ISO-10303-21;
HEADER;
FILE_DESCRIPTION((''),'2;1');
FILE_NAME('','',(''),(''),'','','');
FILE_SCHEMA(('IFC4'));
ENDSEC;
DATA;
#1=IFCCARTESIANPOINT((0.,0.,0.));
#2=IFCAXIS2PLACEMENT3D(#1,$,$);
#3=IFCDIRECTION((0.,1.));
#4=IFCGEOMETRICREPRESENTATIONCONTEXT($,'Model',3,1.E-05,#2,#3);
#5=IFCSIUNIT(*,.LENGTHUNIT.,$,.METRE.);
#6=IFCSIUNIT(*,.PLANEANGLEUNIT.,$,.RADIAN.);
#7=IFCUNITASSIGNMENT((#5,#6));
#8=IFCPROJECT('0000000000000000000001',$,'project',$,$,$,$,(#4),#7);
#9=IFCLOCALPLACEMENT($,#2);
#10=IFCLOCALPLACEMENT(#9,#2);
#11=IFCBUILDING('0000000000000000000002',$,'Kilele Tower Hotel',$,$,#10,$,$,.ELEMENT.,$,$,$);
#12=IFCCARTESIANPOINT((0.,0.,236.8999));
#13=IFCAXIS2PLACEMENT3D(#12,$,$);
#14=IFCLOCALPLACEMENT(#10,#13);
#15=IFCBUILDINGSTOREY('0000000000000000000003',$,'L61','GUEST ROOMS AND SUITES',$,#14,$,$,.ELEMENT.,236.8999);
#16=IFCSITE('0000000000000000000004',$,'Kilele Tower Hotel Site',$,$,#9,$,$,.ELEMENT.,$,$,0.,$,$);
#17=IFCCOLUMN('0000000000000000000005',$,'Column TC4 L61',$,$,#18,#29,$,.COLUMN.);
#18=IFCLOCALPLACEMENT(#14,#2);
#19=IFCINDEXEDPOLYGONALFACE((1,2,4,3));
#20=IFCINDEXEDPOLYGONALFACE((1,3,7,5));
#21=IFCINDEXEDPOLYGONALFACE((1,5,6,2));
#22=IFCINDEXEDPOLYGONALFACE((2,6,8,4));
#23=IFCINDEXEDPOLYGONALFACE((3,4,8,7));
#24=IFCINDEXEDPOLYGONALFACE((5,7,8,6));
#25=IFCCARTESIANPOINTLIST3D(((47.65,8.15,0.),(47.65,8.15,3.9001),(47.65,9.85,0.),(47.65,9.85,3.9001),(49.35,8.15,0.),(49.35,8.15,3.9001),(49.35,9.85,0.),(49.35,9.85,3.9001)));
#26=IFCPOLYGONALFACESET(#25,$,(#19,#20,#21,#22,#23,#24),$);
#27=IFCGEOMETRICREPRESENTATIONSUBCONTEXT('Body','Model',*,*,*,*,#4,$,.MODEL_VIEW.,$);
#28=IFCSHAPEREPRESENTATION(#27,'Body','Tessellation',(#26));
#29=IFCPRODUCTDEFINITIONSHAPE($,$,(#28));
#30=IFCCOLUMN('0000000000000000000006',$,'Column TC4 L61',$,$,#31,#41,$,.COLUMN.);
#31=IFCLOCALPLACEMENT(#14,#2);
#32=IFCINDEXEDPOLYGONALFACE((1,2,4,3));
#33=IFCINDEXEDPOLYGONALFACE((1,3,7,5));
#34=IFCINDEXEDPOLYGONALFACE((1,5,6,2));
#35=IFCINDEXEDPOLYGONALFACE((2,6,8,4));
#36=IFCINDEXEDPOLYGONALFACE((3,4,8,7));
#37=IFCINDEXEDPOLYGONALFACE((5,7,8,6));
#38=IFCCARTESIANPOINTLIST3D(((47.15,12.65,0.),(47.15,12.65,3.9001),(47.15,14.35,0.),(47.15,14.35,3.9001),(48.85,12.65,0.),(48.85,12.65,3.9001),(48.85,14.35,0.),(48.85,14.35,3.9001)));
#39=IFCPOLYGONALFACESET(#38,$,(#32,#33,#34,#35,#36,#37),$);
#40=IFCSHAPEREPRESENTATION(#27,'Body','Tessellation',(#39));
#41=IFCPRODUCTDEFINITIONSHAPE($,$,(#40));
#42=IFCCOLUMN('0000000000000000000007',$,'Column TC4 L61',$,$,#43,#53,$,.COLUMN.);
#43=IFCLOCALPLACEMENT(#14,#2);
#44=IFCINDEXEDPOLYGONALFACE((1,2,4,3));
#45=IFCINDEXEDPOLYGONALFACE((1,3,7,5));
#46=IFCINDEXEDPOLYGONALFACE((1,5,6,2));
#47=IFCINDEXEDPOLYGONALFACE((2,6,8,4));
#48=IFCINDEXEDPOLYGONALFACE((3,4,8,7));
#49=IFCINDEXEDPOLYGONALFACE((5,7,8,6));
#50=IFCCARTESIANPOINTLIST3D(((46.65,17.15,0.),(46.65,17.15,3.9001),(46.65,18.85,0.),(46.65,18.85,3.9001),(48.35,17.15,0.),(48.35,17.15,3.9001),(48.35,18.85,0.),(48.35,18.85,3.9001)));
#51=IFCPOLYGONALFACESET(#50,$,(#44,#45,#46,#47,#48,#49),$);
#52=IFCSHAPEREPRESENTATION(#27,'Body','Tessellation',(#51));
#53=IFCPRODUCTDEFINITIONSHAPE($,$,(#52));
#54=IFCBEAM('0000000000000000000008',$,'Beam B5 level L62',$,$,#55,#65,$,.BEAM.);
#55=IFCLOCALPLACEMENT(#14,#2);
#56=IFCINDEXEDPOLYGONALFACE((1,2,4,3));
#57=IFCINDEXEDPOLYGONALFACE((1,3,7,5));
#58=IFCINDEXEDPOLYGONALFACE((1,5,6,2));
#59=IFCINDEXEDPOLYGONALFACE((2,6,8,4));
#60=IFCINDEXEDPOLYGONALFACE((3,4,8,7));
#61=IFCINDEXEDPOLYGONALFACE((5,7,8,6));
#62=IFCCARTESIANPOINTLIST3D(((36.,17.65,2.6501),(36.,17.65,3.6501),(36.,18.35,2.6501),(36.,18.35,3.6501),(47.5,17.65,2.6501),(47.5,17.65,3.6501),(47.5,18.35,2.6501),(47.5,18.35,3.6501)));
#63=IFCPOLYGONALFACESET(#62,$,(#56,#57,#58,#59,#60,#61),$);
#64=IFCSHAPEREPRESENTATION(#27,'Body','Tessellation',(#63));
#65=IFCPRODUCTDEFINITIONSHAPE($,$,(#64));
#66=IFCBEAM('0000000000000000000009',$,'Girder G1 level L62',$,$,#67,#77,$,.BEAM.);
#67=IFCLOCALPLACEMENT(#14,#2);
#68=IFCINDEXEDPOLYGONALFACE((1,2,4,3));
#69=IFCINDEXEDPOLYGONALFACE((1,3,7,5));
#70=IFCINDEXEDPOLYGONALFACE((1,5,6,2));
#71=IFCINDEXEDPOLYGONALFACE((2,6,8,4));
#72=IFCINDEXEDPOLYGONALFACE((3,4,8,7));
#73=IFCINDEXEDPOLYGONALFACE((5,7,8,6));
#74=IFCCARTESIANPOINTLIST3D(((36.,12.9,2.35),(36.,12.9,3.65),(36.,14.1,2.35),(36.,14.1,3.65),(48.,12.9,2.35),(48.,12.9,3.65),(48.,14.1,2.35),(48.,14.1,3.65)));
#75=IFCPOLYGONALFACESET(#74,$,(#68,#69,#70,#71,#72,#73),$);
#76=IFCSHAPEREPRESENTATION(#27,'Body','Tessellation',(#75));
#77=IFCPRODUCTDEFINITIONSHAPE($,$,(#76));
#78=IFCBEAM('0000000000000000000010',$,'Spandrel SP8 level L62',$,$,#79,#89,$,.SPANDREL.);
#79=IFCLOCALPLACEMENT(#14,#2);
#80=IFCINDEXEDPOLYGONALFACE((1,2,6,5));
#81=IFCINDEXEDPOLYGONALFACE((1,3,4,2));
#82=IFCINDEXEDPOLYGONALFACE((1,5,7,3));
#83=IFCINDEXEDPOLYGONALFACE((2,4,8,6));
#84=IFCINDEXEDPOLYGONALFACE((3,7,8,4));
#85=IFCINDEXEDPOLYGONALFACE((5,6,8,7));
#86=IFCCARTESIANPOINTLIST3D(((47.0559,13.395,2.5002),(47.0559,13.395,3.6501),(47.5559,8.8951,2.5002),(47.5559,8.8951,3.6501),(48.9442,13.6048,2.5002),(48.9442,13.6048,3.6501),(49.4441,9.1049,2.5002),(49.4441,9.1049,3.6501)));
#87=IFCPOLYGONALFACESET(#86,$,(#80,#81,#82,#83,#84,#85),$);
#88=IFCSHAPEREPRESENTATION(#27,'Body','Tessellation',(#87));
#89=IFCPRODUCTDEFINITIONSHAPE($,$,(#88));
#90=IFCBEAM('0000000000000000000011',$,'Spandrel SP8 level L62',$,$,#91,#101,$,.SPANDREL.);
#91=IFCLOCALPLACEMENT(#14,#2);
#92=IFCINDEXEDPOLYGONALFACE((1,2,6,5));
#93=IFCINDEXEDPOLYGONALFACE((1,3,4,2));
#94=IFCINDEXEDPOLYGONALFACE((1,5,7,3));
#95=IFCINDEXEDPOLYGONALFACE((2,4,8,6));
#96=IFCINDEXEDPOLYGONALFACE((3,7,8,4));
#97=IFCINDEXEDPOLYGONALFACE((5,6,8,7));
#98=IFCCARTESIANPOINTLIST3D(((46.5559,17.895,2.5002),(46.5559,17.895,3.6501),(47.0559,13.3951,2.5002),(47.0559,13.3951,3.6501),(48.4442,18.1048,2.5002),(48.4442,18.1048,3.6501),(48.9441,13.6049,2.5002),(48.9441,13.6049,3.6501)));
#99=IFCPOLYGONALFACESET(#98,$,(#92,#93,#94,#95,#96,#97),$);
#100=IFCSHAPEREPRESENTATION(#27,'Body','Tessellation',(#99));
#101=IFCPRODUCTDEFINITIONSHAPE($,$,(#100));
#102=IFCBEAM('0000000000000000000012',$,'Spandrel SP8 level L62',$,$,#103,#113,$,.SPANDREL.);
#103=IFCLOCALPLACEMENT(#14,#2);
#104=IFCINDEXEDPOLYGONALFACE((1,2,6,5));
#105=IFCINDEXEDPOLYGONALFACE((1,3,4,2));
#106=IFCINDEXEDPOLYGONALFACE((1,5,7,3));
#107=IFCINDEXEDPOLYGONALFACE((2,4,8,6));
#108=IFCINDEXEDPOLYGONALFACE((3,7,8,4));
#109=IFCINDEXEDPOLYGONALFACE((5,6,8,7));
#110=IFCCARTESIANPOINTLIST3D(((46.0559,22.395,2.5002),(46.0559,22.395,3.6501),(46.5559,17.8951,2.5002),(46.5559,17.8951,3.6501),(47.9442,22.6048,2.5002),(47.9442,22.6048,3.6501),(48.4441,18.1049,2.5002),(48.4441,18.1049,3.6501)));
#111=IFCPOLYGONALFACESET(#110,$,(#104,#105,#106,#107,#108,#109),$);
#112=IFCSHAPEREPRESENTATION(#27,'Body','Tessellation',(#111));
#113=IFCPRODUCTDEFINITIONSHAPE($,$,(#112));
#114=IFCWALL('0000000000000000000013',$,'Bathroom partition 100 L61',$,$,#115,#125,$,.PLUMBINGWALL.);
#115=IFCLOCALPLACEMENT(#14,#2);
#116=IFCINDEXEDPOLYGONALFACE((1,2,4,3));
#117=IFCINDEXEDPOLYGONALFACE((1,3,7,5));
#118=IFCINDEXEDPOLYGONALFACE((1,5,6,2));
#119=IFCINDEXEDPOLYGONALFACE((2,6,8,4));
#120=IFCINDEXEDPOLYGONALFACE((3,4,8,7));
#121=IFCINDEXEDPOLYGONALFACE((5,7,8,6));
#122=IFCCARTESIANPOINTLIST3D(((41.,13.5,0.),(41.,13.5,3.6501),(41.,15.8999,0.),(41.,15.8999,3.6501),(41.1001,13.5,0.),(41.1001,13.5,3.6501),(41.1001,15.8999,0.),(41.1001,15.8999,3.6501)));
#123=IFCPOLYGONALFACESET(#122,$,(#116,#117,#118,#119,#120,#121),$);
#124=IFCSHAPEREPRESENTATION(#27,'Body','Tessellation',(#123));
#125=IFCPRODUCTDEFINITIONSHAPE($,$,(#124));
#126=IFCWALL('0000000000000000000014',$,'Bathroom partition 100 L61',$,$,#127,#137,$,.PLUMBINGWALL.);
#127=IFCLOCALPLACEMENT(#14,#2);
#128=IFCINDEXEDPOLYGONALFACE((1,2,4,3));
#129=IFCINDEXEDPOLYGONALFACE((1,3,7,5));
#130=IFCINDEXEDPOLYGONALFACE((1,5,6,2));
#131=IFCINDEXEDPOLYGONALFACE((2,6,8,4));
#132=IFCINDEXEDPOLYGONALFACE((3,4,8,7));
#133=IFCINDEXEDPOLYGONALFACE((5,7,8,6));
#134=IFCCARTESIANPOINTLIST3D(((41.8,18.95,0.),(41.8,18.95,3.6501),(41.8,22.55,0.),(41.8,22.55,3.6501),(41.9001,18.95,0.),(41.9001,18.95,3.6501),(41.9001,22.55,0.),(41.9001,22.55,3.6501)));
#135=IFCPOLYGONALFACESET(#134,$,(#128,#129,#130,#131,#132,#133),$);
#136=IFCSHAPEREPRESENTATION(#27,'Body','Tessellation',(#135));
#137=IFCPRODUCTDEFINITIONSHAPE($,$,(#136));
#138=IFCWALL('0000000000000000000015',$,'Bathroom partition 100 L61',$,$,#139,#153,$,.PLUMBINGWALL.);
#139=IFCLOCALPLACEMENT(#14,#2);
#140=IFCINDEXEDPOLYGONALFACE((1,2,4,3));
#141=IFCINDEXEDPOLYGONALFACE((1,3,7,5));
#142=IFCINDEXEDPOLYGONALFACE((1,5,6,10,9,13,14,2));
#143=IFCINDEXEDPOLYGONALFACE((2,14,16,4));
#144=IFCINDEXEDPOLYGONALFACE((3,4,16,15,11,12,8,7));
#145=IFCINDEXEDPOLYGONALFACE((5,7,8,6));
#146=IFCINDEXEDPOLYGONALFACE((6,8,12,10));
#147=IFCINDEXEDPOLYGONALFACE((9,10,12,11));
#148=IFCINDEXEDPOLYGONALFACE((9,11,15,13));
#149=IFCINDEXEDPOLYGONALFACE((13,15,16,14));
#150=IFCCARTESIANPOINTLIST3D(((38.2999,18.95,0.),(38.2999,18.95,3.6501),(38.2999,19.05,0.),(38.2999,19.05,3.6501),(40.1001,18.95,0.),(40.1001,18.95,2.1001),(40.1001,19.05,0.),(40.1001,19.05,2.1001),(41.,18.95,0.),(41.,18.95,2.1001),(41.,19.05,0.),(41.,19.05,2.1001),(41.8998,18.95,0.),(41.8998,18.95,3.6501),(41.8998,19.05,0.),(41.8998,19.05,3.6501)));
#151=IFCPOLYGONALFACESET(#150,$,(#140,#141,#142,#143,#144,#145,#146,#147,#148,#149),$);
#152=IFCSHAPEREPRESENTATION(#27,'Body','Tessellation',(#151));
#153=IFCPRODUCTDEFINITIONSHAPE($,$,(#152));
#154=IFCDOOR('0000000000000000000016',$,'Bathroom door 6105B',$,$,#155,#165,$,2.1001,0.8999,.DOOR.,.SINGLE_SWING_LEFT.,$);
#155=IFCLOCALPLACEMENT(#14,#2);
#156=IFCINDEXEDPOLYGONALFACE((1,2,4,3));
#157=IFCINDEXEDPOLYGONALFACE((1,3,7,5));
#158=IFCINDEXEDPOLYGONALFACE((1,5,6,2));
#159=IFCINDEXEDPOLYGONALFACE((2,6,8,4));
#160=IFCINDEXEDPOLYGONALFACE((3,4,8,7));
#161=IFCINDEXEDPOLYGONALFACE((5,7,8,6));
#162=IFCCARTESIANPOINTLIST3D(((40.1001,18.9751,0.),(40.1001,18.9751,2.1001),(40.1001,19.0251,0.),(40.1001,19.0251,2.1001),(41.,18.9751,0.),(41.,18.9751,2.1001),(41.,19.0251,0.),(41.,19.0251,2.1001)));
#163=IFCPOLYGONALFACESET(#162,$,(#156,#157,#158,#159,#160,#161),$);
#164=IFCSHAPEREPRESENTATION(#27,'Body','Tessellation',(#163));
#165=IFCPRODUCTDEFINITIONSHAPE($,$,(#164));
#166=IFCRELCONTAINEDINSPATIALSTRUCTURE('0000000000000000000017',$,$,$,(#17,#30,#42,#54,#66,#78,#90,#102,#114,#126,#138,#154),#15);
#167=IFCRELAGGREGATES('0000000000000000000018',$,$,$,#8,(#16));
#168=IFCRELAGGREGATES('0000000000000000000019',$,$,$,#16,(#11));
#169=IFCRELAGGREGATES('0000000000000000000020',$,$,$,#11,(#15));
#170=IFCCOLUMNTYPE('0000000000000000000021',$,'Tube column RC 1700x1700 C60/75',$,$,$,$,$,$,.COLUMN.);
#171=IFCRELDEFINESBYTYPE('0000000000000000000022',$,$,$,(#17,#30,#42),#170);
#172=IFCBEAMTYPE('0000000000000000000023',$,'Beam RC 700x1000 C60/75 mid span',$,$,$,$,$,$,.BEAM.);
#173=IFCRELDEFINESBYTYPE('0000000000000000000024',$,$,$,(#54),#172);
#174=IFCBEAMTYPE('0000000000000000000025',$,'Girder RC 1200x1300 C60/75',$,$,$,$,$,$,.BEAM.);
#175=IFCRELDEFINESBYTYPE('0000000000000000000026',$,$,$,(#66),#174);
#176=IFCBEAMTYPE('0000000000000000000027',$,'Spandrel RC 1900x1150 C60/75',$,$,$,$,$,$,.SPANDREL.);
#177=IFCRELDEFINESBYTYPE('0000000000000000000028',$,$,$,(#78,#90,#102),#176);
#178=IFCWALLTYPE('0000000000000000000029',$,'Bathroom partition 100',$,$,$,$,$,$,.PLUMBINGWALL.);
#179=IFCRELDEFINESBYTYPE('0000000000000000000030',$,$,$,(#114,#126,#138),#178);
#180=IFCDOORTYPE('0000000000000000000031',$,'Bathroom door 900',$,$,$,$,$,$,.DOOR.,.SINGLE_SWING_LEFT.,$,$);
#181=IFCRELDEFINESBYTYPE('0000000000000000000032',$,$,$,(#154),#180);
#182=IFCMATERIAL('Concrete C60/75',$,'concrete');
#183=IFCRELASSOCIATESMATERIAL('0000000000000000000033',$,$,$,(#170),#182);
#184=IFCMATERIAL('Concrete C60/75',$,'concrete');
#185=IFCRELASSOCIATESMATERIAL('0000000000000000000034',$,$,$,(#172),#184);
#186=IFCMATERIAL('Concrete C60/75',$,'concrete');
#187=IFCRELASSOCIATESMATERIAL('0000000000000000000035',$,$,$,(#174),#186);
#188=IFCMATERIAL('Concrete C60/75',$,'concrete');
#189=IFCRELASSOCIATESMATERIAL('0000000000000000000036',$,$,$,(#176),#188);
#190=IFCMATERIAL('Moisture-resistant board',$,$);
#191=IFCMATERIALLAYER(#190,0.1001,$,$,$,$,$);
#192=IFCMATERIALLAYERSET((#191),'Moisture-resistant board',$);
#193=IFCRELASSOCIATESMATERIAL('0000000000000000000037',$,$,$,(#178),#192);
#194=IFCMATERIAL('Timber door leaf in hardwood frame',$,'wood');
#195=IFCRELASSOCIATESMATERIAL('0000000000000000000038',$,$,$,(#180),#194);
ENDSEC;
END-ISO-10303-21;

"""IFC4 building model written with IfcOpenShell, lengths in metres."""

from ifc_helpers import new_model, si_unit, direction, frame, frame_2d, origin, origin_2d, place, context, subcontext, project, spatial, rectangle, extrude, material, layer, layer_set, material_profile, profile_set, type_object, element, fill, save


model = new_model("IFC4")

# Units and contexts
model_context = context("Model", 3, precision=1e-05, world=origin(), true_north=direction((0.0, 1.0)))
body_context = subcontext(model_context, "Body", "Model", "MODEL_VIEW")
ifc_project = project(units=[si_unit("LENGTHUNIT", "METRE"), si_unit("PLANEANGLEUNIT", "RADIAN")], contexts=[model_context])

# Site, building, storey
site_placement = place(None, origin())
site = spatial("IfcSite", under=ifc_project, at=site_placement, Name="Kilele Tower Hotel Site", CompositionType="ELEMENT", RefElevation=0.0)
building_placement = place(site_placement, origin())
building = spatial("IfcBuilding", under=site, at=building_placement, Name="Kilele Tower Hotel", CompositionType="ELEMENT")
storey_placement = place(building_placement, frame((0.0, 0.0, 236.8999)))
storey = spatial("IfcBuildingStorey", under=building, at=storey_placement, Name="L61", Description="GUEST ROOMS AND SUITES", CompositionType="ELEMENT", Elevation=236.8999)

# Columns
ifc_material_1 = material(Name="Concrete C60/75", Category="concrete")
ifc_material_profile_1 = material_profile(ifc_material_1, rectangle(XDim=1.7, YDim=1.7, at=origin_2d()))
ifc_profile_set_1 = profile_set([ifc_material_profile_1], Name="Concrete C60/75")
column_type = type_object("IfcColumnType", Name="Tube column RC 1700x1700 C60/75", PredefinedType="COLUMN", material=ifc_profile_set_1)
for number, where, z_axis, x_axis, name in (
    (1, (48.5, 9.0, 0.0), (0.0, 0.0, 1.0), (1.0, 0.0, 0.0), "Column TC4 L61"),
    (2, (48.0, 13.5, 0.0), (0.0, 0.0, 1.0), (1.0, 0.0, 0.0), "Column TC4 L61"),
    (3, (47.5, 18.0, 0.0), (0.0, 0.0, 1.0), (1.0, 0.0, 0.0), "Column TC4 L61"),
):
    element("IfcColumn", number, at=place(storey_placement, frame(where, z_axis=z_axis, x_axis=x_axis)), inside=storey, type_object=column_type, Name=name, PredefinedType="COLUMN", context=body_context, shape_type="SweptSolid", body=[
        extrude(rectangle(XDim=1.7, YDim=1.7, at=origin_2d()), origin(), (0.0, 0.0, 1.0), 3.9001),
    ])

# Beams
ifc_material_2 = material(Name="Concrete C60/75", Category="concrete")
ifc_material_profile_2 = material_profile(ifc_material_2, rectangle(XDim=0.7, YDim=1.0, at=origin_2d()))
ifc_profile_set_2 = profile_set([ifc_material_profile_2], Name="Concrete C60/75")
beam_type_1 = type_object("IfcBeamType", Name="Beam RC 700x1000 C60/75 mid span", PredefinedType="BEAM", material=ifc_profile_set_2)
beam_1_placement = place(storey_placement, frame((47.5, 18.0, 3.1501), z_axis=(-1.0, 0.0, 0.0), x_axis=(0.0, -1.0, 0.0)))
element("IfcBeam", 4, at=beam_1_placement, inside=storey, type_object=beam_type_1, Name="Beam B5 level L62", PredefinedType="BEAM", context=body_context, shape_type="SweptSolid", body=[
    extrude(rectangle(XDim=0.7, YDim=1.0, at=origin_2d()), origin(), (0.0, 0.0, 1.0), 11.5),
])
ifc_material_3 = material(Name="Concrete C60/75", Category="concrete")
ifc_material_profile_3 = material_profile(ifc_material_3, rectangle(XDim=1.2, YDim=1.3, at=origin_2d()))
ifc_profile_set_3 = profile_set([ifc_material_profile_3], Name="Concrete C60/75")
beam_type_2 = type_object("IfcBeamType", Name="Girder RC 1200x1300 C60/75", PredefinedType="BEAM", material=ifc_profile_set_3)
beam_2_placement = place(storey_placement, frame((48.0, 13.5, 3.0), z_axis=(-1.0, 0.0, 0.0), x_axis=(0.0, -1.0, 0.0)))
element("IfcBeam", 5, at=beam_2_placement, inside=storey, type_object=beam_type_2, Name="Girder G1 level L62", PredefinedType="BEAM", context=body_context, shape_type="SweptSolid", body=[
    extrude(rectangle(XDim=1.2, YDim=1.3, at=origin_2d()), origin(), (0.0, 0.0, 1.0), 12.0),
])
ifc_material_4 = material(Name="Concrete C60/75", Category="concrete")
ifc_material_profile_4 = material_profile(ifc_material_4, rectangle(XDim=1.8999, YDim=1.1499, at=origin_2d()))
ifc_profile_set_4 = profile_set([ifc_material_profile_4], Name="Concrete C60/75")
beam_type_3 = type_object("IfcBeamType", Name="Spandrel RC 1900x1150 C60/75", PredefinedType="SPANDREL", material=ifc_profile_set_4)
for number, where, z_axis, x_axis, name in (
    (6, (48.5, 9.0, 3.0752), (-0.110432, 0.993884, 0.0), (-0.993884, -0.110432, 0.0), "Spandrel SP8 level L62"),
    (7, (48.0, 13.5, 3.0752), (-0.110432, 0.993884, 0.0), (-0.993884, -0.110432, 0.0), "Spandrel SP8 level L62"),
    (8, (47.5, 18.0, 3.0752), (-0.110432, 0.993884, 0.0), (-0.993884, -0.110432, 0.0), "Spandrel SP8 level L62"),
):
    element("IfcBeam", number, at=place(storey_placement, frame(where, z_axis=z_axis, x_axis=x_axis)), inside=storey, type_object=beam_type_3, Name=name, PredefinedType="SPANDREL", context=body_context, shape_type="SweptSolid", body=[
        extrude(rectangle(XDim=1.8999, YDim=1.1499, at=origin_2d()), origin(), (0.0, 0.0, 1.0), 4.5276),
    ])

# Walls
ifc_material_5 = material(Name="Moisture-resistant board")
ifc_layer_1 = layer(ifc_material_5, 0.1001)
ifc_layer_set_1 = layer_set([ifc_layer_1], Name="Moisture-resistant board")
wall_type_1 = type_object("IfcWallType", Name="Bathroom partition 100", PredefinedType="PLUMBINGWALL", material=ifc_layer_set_1)
wall_1_placement = place(storey_placement, frame((41.05, 13.5, 0.0), z_axis=(0.0, 0.0, 1.0), x_axis=(0.0, 1.0, 0.0)))
element("IfcWall", 9, at=wall_1_placement, inside=storey, type_object=wall_type_1, Name="Bathroom partition 100 L61", PredefinedType="PLUMBINGWALL", context=body_context, shape_type="SweptSolid", body=[
    extrude(rectangle(XDim=2.3999, YDim=0.1001, at=frame_2d((1.2, 0.0))), origin(), (0.0, 0.0, 1.0), 3.6501),
])
wall_2_placement = place(storey_placement, frame((41.8501, 18.95, 0.0), z_axis=(0.0, 0.0, 1.0), x_axis=(0.0, 1.0, 0.0)))
element("IfcWall", 10, at=wall_2_placement, inside=storey, type_object=wall_type_1, Name="Bathroom partition 100 L61", PredefinedType="PLUMBINGWALL", context=body_context, shape_type="SweptSolid", body=[
    extrude(rectangle(XDim=3.6001, YDim=0.1001, at=frame_2d((1.8, 0.0))), origin(), (0.0, 0.0, 1.0), 3.6501),
])

# Wall, opening, door
wall_3_placement = place(storey_placement, frame((38.3, 19.0, 0.0), z_axis=(0.0, 0.0, 1.0), x_axis=(1.0, 0.0, 0.0)))
wall_3 = element("IfcWall", 11, at=wall_3_placement, inside=storey, type_object=wall_type_1, Name="Bathroom partition 100 L61", PredefinedType="PLUMBINGWALL", context=body_context, shape_type="SweptSolid", body=[
    extrude(rectangle(XDim=3.5999, YDim=0.1001, at=frame_2d((1.7998, 0.0))), origin(), (0.0, 0.0, 1.0), 3.6501),
])
opening_1_placement = place(wall_3_placement, frame((2.7, 0.0, 0.0), z_axis=(0.0, 0.0, 1.0), x_axis=(-1.0, 0.0, 0.0)))
opening_1 = element("IfcOpeningElement", 12, at=opening_1_placement, cuts=wall_3, PredefinedType="OPENING", context=body_context, shape_type="SweptSolid", body=[
    extrude(rectangle(XDim=0.8999, YDim=2.1001, at=frame_2d((0.45, 1.05))), frame((0.0, 0.0601, 0.0), z_axis=(0.0, -1.0, 0.0), x_axis=(1.0, 0.0, 0.0)), (0.0, 0.0, 1.0), 0.1201),
])
ifc_material_6 = material(Name="Timber door leaf in hardwood frame", Category="wood")
door_type_1 = type_object("IfcDoorType", Name="Bathroom door 900", OperationType="SINGLE_SWING_LEFT", PredefinedType="DOOR", material=ifc_material_6)
door_1_placement = place(opening_1_placement, origin())
door_1 = element("IfcDoor", 13, at=door_1_placement, inside=storey, type_object=door_type_1, Name="Bathroom door 6105B", OperationType="SINGLE_SWING_LEFT", OverallHeight=2.1001, OverallWidth=0.8999, PredefinedType="DOOR", context=body_context, shape_type="SweptSolid", body=[
    extrude(rectangle(XDim=0.8999, YDim=2.1001, at=frame_2d((0.45, 1.05))), frame((0.0, 0.0249, 0.0), z_axis=(0.0, -1.0, 0.0), x_axis=(1.0, 0.0, 0.0)), (0.0, 0.0, 1.0), 0.05),
])
fill(opening_1, door_1)

save(model, "model.ifc")
